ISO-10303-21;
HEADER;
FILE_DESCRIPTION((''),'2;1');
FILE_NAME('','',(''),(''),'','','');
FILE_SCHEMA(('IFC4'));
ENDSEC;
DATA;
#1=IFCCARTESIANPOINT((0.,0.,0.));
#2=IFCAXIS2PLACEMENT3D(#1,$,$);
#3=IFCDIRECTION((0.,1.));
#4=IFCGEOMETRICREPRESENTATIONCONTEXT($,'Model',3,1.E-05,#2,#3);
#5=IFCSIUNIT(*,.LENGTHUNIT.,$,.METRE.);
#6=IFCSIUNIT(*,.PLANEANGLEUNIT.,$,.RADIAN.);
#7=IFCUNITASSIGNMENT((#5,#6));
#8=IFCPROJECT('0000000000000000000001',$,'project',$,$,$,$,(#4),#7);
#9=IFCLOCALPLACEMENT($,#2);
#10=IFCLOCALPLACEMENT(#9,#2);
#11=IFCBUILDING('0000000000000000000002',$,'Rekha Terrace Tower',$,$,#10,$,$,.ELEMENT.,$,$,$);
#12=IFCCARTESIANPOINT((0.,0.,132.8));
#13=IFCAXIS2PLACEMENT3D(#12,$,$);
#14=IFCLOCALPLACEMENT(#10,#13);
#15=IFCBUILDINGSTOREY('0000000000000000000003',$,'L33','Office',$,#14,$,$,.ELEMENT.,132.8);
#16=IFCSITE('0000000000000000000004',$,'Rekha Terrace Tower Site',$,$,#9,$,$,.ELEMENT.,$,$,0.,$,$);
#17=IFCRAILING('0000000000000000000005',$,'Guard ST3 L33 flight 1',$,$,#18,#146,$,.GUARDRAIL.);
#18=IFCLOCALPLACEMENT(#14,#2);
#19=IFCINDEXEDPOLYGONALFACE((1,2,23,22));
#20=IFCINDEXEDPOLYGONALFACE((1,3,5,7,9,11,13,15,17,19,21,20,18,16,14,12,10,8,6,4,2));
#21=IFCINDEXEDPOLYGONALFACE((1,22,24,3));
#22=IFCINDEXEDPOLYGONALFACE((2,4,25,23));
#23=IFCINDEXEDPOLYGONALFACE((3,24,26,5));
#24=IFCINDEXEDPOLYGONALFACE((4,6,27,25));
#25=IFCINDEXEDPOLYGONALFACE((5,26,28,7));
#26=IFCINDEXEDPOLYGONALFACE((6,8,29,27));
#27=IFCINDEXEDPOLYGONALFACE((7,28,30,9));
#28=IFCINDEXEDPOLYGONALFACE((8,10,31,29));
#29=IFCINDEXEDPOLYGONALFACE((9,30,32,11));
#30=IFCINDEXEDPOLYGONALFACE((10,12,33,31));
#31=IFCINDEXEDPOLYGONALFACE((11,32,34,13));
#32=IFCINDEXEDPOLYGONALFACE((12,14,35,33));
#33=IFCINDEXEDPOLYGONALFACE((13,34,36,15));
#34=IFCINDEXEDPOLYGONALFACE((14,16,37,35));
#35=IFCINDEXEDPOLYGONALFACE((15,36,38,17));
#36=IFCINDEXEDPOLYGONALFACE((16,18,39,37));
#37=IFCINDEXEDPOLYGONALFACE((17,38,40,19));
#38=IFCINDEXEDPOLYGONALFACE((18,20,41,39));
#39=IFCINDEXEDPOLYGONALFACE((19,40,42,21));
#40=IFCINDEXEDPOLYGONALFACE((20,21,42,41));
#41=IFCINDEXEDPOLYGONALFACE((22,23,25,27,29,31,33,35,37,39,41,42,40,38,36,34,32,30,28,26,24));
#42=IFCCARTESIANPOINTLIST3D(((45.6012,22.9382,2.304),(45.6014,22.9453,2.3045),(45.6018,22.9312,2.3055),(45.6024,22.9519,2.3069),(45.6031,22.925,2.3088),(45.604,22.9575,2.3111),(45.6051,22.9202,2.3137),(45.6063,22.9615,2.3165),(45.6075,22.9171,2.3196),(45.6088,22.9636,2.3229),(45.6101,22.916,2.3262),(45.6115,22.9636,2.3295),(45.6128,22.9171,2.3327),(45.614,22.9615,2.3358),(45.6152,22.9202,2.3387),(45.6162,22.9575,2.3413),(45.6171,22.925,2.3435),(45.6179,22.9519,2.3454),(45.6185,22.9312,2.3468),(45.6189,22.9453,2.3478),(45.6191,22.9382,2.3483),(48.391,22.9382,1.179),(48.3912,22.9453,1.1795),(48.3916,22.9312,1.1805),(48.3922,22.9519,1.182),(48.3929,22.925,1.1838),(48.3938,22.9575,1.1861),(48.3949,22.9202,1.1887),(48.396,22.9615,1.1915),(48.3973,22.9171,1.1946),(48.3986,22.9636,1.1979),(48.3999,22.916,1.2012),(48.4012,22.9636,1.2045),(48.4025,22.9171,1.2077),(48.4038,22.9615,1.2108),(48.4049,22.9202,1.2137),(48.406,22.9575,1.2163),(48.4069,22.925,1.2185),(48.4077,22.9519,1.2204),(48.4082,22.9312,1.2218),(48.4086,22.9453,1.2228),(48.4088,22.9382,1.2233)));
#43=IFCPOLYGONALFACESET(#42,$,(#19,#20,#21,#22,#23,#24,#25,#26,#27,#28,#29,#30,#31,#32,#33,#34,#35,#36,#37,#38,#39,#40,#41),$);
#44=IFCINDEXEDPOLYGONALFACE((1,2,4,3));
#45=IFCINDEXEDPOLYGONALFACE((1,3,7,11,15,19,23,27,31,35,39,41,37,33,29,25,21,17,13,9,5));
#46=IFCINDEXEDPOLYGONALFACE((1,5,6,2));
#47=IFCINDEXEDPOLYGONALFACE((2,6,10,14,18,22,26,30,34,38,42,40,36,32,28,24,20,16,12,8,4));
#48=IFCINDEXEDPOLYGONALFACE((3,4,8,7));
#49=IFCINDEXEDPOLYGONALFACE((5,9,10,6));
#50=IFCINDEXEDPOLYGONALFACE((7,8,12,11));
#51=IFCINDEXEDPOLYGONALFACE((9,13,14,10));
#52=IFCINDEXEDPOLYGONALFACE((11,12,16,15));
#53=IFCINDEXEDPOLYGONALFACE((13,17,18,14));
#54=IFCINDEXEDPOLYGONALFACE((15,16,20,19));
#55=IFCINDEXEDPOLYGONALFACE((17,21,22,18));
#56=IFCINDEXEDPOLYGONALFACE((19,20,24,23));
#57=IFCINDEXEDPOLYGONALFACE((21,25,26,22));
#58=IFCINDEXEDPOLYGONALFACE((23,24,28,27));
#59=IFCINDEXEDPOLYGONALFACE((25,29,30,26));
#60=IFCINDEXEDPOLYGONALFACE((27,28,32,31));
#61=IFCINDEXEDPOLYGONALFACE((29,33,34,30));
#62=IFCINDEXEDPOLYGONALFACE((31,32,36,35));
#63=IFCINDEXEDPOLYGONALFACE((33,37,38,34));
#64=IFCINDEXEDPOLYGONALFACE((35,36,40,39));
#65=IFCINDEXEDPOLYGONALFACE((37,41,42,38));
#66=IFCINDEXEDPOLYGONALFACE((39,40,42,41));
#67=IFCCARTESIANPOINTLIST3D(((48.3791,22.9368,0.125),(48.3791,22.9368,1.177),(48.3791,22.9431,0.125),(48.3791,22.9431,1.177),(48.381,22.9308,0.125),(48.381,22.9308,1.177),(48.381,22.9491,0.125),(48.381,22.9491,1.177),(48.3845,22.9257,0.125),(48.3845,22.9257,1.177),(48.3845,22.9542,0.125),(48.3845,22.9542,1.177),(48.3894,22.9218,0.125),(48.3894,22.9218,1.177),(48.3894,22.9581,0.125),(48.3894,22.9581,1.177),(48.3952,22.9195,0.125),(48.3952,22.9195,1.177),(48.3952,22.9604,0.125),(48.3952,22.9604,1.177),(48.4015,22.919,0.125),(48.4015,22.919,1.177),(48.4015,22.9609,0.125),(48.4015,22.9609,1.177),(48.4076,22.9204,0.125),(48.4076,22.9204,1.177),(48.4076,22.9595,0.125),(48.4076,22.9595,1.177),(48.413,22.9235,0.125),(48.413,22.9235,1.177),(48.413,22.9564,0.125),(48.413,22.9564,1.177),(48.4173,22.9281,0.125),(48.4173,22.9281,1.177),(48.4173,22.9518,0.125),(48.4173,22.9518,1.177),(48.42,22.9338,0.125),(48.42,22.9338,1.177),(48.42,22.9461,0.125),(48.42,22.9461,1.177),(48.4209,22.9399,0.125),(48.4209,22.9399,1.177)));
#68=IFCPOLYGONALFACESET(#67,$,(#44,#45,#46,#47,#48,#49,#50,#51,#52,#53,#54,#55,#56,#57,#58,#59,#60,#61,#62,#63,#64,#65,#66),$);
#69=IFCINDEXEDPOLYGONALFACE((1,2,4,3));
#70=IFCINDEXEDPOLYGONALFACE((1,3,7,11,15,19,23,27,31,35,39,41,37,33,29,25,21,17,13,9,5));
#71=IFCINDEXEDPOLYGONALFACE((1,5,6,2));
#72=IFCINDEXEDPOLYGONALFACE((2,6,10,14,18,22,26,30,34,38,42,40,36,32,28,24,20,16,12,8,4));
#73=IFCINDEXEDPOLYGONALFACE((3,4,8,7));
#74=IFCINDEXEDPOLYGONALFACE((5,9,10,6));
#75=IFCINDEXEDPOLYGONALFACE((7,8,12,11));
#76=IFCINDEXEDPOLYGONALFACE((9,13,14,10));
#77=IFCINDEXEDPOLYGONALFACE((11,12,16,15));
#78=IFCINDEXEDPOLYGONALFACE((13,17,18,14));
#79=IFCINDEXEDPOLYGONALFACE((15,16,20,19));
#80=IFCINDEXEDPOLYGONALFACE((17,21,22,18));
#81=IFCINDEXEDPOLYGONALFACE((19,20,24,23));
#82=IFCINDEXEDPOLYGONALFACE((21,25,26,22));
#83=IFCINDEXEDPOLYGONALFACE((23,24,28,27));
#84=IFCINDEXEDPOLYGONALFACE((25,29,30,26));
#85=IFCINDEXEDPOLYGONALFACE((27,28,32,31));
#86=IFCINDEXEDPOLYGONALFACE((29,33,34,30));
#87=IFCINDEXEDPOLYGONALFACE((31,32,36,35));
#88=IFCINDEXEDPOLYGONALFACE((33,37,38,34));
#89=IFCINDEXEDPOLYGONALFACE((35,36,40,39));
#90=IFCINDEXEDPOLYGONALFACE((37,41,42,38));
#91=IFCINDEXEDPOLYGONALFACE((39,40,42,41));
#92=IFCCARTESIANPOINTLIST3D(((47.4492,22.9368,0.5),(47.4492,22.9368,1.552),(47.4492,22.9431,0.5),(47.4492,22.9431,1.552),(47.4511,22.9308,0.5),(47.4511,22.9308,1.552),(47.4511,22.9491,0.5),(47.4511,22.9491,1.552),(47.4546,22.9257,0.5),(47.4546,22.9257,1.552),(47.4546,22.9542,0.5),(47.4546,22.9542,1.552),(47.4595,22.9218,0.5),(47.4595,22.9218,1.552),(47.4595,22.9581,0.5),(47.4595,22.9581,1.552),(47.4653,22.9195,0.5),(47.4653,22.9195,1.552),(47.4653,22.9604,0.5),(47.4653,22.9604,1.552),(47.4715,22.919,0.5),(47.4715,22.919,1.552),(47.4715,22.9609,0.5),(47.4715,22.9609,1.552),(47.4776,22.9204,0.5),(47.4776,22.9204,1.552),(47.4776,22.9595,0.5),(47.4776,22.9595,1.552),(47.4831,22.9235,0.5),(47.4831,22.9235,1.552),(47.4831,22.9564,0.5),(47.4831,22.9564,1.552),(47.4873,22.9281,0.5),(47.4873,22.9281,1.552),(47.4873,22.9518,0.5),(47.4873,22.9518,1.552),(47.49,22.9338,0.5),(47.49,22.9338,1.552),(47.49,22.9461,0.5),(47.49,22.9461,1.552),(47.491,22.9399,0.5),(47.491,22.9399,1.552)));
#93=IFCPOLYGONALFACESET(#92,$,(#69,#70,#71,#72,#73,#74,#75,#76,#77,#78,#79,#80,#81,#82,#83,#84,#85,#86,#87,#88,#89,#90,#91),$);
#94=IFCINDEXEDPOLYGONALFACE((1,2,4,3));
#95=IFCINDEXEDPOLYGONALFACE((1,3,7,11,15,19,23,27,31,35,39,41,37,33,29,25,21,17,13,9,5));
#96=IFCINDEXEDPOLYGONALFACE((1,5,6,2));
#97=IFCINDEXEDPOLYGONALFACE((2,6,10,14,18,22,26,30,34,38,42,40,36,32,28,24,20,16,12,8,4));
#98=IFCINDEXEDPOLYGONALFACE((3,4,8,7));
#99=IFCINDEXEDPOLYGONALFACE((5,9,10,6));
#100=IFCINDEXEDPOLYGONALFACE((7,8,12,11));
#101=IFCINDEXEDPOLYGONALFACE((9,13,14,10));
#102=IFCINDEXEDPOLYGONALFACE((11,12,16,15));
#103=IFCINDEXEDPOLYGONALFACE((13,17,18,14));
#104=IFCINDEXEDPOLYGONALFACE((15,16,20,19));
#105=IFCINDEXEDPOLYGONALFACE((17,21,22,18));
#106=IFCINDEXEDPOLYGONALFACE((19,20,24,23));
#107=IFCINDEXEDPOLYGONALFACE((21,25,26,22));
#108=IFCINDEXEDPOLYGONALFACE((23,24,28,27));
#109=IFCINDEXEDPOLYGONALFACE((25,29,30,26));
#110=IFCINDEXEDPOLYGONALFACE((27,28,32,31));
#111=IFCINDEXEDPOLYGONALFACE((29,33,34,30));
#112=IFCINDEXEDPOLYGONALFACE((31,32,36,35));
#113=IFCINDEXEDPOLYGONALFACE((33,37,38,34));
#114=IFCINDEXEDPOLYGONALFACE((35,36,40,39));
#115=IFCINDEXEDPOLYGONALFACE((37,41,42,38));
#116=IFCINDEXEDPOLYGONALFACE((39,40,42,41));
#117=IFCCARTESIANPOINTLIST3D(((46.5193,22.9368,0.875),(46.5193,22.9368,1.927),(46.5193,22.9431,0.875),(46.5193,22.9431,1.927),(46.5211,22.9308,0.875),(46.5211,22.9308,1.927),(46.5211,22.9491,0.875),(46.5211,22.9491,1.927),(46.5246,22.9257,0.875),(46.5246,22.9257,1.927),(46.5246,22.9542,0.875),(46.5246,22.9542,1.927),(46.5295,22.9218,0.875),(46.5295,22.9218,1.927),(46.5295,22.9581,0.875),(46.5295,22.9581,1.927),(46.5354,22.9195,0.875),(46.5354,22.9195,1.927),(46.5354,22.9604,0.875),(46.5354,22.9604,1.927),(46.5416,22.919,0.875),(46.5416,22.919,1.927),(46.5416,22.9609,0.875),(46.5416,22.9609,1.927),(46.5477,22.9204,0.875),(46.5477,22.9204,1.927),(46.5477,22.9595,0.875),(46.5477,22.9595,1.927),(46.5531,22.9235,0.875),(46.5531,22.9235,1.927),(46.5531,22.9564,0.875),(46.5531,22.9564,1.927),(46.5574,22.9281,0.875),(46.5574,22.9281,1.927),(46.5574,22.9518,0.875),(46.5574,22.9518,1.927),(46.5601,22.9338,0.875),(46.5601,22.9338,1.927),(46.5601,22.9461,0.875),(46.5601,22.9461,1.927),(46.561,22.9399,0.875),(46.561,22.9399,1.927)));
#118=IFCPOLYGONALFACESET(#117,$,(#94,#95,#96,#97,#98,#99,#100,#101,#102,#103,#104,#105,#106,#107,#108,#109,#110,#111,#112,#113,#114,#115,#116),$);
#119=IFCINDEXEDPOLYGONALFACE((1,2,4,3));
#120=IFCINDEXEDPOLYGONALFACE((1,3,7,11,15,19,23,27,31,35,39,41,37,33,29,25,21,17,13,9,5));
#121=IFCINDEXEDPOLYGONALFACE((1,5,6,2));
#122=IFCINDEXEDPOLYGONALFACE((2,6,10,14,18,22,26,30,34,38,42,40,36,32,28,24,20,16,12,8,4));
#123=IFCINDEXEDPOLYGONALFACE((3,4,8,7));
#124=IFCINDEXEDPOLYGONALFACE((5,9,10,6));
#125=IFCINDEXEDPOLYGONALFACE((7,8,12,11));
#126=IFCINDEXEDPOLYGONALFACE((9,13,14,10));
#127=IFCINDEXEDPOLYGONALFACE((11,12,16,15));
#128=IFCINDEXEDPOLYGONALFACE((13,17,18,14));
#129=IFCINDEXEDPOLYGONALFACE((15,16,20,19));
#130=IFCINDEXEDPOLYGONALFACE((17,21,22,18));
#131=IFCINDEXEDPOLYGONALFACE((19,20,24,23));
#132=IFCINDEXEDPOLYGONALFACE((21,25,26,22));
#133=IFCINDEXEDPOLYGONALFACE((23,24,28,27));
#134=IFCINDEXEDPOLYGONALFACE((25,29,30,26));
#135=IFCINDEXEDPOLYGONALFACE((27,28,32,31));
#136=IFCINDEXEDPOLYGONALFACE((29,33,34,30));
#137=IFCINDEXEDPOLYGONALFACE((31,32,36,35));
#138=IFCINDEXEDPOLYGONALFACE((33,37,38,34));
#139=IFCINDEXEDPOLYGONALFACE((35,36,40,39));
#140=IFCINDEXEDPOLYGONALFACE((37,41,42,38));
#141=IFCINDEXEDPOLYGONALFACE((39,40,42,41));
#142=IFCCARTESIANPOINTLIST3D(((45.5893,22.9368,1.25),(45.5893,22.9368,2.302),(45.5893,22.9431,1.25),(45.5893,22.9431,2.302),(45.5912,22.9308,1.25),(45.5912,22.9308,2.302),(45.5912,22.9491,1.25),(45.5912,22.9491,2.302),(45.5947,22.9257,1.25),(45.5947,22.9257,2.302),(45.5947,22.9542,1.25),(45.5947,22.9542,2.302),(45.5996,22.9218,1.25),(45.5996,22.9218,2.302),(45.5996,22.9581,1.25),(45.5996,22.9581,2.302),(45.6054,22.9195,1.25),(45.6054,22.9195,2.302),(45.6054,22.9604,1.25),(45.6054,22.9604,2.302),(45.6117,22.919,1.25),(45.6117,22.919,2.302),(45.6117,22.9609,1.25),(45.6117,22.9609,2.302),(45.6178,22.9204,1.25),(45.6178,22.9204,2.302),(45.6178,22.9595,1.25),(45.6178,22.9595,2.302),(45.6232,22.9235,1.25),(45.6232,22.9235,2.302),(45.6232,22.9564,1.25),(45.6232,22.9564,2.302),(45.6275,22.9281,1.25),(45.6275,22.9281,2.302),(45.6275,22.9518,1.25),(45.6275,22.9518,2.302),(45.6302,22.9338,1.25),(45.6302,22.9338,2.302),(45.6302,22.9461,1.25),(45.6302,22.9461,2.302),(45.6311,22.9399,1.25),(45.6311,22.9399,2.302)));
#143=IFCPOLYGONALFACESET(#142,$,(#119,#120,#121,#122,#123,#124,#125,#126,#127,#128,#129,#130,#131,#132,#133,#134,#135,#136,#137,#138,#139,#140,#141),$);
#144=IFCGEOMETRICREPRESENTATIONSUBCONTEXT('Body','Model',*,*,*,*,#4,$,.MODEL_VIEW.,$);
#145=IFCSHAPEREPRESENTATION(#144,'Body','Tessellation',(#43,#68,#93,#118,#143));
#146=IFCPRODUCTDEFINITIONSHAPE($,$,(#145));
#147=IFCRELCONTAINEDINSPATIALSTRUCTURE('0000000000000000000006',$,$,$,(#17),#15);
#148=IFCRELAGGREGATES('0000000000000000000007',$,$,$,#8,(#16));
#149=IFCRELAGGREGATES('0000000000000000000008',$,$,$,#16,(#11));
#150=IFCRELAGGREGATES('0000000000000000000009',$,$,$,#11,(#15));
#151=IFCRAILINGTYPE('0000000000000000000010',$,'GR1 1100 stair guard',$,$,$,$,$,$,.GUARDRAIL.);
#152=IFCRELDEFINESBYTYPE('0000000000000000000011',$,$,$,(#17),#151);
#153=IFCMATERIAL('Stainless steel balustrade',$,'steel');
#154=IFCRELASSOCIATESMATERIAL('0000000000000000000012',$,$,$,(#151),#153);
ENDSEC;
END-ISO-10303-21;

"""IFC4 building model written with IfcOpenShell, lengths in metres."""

from ifc_helpers import new_model, si_unit, direction, frame, origin, origin_2d, place, context, subcontext, project, spatial, circle, extrude, material, type_object, element, save


model = new_model("IFC4")

# Units and contexts
model_context = context("Model", 3, precision=1e-05, world=origin(), true_north=direction((0.0, 1.0)))
body_context = subcontext(model_context, "Body", "Model", "MODEL_VIEW")
ifc_project = project(units=[si_unit("LENGTHUNIT", "METRE"), si_unit("PLANEANGLEUNIT", "RADIAN")], contexts=[model_context])

# Site, building, storey
site_placement = place(None, origin())
site = spatial("IfcSite", under=ifc_project, at=site_placement, Name="Rekha Terrace Tower Site", CompositionType="ELEMENT", RefElevation=0.0)
building_placement = place(site_placement, origin())
building = spatial("IfcBuilding", under=site, at=building_placement, Name="Rekha Terrace Tower", CompositionType="ELEMENT")
storey_placement = place(building_placement, frame((0.0, 0.0, 132.8)))
storey = spatial("IfcBuildingStorey", under=building, at=storey_placement, Name="L33", Description="Office", CompositionType="ELEMENT", Elevation=132.8)

# Railing
ifc_material_1 = material(Name="Stainless steel balustrade", Category="steel")
railing_type_1 = type_object("IfcRailingType", Name="GR1 1100 stair guard", PredefinedType="GUARDRAIL", material=ifc_material_1)
railing_1_placement = place(storey_placement, frame((48.3999, 22.9399, 0.125)))
element("IfcRailing", 1, at=railing_1_placement, inside=storey, type_object=railing_type_1, Name="Guard ST3 L33 flight 1", PredefinedType="GUARDRAIL", context=body_context, shape_type="SweptSolid", body=[
    extrude(circle(Radius=0.0239, at=origin_2d()), frame((0.0, 0.0, 1.0762), z_axis=(-0.927432, 0.0, 0.373992), x_axis=(0.0, -1.0, 0.0)), (0.0, 0.0, 1.0), 3.0081),
    extrude(circle(Radius=0.021, at=origin_2d()), origin(), (0.0, 0.0, 1.0), 1.052),
    extrude(circle(Radius=0.021, at=origin_2d()), frame((-0.9299, 0.0, 0.375)), (0.0, 0.0, 1.0), 1.052),
    extrude(circle(Radius=0.021, at=origin_2d()), frame((-1.8599, 0.0, 0.75)), (0.0, 0.0, 1.0), 1.052),
    extrude(circle(Radius=0.021, at=origin_2d()), frame((-2.7898, 0.0, 1.125)), (0.0, 0.0, 1.0), 1.052),
])

save(model, "model.ifc")
